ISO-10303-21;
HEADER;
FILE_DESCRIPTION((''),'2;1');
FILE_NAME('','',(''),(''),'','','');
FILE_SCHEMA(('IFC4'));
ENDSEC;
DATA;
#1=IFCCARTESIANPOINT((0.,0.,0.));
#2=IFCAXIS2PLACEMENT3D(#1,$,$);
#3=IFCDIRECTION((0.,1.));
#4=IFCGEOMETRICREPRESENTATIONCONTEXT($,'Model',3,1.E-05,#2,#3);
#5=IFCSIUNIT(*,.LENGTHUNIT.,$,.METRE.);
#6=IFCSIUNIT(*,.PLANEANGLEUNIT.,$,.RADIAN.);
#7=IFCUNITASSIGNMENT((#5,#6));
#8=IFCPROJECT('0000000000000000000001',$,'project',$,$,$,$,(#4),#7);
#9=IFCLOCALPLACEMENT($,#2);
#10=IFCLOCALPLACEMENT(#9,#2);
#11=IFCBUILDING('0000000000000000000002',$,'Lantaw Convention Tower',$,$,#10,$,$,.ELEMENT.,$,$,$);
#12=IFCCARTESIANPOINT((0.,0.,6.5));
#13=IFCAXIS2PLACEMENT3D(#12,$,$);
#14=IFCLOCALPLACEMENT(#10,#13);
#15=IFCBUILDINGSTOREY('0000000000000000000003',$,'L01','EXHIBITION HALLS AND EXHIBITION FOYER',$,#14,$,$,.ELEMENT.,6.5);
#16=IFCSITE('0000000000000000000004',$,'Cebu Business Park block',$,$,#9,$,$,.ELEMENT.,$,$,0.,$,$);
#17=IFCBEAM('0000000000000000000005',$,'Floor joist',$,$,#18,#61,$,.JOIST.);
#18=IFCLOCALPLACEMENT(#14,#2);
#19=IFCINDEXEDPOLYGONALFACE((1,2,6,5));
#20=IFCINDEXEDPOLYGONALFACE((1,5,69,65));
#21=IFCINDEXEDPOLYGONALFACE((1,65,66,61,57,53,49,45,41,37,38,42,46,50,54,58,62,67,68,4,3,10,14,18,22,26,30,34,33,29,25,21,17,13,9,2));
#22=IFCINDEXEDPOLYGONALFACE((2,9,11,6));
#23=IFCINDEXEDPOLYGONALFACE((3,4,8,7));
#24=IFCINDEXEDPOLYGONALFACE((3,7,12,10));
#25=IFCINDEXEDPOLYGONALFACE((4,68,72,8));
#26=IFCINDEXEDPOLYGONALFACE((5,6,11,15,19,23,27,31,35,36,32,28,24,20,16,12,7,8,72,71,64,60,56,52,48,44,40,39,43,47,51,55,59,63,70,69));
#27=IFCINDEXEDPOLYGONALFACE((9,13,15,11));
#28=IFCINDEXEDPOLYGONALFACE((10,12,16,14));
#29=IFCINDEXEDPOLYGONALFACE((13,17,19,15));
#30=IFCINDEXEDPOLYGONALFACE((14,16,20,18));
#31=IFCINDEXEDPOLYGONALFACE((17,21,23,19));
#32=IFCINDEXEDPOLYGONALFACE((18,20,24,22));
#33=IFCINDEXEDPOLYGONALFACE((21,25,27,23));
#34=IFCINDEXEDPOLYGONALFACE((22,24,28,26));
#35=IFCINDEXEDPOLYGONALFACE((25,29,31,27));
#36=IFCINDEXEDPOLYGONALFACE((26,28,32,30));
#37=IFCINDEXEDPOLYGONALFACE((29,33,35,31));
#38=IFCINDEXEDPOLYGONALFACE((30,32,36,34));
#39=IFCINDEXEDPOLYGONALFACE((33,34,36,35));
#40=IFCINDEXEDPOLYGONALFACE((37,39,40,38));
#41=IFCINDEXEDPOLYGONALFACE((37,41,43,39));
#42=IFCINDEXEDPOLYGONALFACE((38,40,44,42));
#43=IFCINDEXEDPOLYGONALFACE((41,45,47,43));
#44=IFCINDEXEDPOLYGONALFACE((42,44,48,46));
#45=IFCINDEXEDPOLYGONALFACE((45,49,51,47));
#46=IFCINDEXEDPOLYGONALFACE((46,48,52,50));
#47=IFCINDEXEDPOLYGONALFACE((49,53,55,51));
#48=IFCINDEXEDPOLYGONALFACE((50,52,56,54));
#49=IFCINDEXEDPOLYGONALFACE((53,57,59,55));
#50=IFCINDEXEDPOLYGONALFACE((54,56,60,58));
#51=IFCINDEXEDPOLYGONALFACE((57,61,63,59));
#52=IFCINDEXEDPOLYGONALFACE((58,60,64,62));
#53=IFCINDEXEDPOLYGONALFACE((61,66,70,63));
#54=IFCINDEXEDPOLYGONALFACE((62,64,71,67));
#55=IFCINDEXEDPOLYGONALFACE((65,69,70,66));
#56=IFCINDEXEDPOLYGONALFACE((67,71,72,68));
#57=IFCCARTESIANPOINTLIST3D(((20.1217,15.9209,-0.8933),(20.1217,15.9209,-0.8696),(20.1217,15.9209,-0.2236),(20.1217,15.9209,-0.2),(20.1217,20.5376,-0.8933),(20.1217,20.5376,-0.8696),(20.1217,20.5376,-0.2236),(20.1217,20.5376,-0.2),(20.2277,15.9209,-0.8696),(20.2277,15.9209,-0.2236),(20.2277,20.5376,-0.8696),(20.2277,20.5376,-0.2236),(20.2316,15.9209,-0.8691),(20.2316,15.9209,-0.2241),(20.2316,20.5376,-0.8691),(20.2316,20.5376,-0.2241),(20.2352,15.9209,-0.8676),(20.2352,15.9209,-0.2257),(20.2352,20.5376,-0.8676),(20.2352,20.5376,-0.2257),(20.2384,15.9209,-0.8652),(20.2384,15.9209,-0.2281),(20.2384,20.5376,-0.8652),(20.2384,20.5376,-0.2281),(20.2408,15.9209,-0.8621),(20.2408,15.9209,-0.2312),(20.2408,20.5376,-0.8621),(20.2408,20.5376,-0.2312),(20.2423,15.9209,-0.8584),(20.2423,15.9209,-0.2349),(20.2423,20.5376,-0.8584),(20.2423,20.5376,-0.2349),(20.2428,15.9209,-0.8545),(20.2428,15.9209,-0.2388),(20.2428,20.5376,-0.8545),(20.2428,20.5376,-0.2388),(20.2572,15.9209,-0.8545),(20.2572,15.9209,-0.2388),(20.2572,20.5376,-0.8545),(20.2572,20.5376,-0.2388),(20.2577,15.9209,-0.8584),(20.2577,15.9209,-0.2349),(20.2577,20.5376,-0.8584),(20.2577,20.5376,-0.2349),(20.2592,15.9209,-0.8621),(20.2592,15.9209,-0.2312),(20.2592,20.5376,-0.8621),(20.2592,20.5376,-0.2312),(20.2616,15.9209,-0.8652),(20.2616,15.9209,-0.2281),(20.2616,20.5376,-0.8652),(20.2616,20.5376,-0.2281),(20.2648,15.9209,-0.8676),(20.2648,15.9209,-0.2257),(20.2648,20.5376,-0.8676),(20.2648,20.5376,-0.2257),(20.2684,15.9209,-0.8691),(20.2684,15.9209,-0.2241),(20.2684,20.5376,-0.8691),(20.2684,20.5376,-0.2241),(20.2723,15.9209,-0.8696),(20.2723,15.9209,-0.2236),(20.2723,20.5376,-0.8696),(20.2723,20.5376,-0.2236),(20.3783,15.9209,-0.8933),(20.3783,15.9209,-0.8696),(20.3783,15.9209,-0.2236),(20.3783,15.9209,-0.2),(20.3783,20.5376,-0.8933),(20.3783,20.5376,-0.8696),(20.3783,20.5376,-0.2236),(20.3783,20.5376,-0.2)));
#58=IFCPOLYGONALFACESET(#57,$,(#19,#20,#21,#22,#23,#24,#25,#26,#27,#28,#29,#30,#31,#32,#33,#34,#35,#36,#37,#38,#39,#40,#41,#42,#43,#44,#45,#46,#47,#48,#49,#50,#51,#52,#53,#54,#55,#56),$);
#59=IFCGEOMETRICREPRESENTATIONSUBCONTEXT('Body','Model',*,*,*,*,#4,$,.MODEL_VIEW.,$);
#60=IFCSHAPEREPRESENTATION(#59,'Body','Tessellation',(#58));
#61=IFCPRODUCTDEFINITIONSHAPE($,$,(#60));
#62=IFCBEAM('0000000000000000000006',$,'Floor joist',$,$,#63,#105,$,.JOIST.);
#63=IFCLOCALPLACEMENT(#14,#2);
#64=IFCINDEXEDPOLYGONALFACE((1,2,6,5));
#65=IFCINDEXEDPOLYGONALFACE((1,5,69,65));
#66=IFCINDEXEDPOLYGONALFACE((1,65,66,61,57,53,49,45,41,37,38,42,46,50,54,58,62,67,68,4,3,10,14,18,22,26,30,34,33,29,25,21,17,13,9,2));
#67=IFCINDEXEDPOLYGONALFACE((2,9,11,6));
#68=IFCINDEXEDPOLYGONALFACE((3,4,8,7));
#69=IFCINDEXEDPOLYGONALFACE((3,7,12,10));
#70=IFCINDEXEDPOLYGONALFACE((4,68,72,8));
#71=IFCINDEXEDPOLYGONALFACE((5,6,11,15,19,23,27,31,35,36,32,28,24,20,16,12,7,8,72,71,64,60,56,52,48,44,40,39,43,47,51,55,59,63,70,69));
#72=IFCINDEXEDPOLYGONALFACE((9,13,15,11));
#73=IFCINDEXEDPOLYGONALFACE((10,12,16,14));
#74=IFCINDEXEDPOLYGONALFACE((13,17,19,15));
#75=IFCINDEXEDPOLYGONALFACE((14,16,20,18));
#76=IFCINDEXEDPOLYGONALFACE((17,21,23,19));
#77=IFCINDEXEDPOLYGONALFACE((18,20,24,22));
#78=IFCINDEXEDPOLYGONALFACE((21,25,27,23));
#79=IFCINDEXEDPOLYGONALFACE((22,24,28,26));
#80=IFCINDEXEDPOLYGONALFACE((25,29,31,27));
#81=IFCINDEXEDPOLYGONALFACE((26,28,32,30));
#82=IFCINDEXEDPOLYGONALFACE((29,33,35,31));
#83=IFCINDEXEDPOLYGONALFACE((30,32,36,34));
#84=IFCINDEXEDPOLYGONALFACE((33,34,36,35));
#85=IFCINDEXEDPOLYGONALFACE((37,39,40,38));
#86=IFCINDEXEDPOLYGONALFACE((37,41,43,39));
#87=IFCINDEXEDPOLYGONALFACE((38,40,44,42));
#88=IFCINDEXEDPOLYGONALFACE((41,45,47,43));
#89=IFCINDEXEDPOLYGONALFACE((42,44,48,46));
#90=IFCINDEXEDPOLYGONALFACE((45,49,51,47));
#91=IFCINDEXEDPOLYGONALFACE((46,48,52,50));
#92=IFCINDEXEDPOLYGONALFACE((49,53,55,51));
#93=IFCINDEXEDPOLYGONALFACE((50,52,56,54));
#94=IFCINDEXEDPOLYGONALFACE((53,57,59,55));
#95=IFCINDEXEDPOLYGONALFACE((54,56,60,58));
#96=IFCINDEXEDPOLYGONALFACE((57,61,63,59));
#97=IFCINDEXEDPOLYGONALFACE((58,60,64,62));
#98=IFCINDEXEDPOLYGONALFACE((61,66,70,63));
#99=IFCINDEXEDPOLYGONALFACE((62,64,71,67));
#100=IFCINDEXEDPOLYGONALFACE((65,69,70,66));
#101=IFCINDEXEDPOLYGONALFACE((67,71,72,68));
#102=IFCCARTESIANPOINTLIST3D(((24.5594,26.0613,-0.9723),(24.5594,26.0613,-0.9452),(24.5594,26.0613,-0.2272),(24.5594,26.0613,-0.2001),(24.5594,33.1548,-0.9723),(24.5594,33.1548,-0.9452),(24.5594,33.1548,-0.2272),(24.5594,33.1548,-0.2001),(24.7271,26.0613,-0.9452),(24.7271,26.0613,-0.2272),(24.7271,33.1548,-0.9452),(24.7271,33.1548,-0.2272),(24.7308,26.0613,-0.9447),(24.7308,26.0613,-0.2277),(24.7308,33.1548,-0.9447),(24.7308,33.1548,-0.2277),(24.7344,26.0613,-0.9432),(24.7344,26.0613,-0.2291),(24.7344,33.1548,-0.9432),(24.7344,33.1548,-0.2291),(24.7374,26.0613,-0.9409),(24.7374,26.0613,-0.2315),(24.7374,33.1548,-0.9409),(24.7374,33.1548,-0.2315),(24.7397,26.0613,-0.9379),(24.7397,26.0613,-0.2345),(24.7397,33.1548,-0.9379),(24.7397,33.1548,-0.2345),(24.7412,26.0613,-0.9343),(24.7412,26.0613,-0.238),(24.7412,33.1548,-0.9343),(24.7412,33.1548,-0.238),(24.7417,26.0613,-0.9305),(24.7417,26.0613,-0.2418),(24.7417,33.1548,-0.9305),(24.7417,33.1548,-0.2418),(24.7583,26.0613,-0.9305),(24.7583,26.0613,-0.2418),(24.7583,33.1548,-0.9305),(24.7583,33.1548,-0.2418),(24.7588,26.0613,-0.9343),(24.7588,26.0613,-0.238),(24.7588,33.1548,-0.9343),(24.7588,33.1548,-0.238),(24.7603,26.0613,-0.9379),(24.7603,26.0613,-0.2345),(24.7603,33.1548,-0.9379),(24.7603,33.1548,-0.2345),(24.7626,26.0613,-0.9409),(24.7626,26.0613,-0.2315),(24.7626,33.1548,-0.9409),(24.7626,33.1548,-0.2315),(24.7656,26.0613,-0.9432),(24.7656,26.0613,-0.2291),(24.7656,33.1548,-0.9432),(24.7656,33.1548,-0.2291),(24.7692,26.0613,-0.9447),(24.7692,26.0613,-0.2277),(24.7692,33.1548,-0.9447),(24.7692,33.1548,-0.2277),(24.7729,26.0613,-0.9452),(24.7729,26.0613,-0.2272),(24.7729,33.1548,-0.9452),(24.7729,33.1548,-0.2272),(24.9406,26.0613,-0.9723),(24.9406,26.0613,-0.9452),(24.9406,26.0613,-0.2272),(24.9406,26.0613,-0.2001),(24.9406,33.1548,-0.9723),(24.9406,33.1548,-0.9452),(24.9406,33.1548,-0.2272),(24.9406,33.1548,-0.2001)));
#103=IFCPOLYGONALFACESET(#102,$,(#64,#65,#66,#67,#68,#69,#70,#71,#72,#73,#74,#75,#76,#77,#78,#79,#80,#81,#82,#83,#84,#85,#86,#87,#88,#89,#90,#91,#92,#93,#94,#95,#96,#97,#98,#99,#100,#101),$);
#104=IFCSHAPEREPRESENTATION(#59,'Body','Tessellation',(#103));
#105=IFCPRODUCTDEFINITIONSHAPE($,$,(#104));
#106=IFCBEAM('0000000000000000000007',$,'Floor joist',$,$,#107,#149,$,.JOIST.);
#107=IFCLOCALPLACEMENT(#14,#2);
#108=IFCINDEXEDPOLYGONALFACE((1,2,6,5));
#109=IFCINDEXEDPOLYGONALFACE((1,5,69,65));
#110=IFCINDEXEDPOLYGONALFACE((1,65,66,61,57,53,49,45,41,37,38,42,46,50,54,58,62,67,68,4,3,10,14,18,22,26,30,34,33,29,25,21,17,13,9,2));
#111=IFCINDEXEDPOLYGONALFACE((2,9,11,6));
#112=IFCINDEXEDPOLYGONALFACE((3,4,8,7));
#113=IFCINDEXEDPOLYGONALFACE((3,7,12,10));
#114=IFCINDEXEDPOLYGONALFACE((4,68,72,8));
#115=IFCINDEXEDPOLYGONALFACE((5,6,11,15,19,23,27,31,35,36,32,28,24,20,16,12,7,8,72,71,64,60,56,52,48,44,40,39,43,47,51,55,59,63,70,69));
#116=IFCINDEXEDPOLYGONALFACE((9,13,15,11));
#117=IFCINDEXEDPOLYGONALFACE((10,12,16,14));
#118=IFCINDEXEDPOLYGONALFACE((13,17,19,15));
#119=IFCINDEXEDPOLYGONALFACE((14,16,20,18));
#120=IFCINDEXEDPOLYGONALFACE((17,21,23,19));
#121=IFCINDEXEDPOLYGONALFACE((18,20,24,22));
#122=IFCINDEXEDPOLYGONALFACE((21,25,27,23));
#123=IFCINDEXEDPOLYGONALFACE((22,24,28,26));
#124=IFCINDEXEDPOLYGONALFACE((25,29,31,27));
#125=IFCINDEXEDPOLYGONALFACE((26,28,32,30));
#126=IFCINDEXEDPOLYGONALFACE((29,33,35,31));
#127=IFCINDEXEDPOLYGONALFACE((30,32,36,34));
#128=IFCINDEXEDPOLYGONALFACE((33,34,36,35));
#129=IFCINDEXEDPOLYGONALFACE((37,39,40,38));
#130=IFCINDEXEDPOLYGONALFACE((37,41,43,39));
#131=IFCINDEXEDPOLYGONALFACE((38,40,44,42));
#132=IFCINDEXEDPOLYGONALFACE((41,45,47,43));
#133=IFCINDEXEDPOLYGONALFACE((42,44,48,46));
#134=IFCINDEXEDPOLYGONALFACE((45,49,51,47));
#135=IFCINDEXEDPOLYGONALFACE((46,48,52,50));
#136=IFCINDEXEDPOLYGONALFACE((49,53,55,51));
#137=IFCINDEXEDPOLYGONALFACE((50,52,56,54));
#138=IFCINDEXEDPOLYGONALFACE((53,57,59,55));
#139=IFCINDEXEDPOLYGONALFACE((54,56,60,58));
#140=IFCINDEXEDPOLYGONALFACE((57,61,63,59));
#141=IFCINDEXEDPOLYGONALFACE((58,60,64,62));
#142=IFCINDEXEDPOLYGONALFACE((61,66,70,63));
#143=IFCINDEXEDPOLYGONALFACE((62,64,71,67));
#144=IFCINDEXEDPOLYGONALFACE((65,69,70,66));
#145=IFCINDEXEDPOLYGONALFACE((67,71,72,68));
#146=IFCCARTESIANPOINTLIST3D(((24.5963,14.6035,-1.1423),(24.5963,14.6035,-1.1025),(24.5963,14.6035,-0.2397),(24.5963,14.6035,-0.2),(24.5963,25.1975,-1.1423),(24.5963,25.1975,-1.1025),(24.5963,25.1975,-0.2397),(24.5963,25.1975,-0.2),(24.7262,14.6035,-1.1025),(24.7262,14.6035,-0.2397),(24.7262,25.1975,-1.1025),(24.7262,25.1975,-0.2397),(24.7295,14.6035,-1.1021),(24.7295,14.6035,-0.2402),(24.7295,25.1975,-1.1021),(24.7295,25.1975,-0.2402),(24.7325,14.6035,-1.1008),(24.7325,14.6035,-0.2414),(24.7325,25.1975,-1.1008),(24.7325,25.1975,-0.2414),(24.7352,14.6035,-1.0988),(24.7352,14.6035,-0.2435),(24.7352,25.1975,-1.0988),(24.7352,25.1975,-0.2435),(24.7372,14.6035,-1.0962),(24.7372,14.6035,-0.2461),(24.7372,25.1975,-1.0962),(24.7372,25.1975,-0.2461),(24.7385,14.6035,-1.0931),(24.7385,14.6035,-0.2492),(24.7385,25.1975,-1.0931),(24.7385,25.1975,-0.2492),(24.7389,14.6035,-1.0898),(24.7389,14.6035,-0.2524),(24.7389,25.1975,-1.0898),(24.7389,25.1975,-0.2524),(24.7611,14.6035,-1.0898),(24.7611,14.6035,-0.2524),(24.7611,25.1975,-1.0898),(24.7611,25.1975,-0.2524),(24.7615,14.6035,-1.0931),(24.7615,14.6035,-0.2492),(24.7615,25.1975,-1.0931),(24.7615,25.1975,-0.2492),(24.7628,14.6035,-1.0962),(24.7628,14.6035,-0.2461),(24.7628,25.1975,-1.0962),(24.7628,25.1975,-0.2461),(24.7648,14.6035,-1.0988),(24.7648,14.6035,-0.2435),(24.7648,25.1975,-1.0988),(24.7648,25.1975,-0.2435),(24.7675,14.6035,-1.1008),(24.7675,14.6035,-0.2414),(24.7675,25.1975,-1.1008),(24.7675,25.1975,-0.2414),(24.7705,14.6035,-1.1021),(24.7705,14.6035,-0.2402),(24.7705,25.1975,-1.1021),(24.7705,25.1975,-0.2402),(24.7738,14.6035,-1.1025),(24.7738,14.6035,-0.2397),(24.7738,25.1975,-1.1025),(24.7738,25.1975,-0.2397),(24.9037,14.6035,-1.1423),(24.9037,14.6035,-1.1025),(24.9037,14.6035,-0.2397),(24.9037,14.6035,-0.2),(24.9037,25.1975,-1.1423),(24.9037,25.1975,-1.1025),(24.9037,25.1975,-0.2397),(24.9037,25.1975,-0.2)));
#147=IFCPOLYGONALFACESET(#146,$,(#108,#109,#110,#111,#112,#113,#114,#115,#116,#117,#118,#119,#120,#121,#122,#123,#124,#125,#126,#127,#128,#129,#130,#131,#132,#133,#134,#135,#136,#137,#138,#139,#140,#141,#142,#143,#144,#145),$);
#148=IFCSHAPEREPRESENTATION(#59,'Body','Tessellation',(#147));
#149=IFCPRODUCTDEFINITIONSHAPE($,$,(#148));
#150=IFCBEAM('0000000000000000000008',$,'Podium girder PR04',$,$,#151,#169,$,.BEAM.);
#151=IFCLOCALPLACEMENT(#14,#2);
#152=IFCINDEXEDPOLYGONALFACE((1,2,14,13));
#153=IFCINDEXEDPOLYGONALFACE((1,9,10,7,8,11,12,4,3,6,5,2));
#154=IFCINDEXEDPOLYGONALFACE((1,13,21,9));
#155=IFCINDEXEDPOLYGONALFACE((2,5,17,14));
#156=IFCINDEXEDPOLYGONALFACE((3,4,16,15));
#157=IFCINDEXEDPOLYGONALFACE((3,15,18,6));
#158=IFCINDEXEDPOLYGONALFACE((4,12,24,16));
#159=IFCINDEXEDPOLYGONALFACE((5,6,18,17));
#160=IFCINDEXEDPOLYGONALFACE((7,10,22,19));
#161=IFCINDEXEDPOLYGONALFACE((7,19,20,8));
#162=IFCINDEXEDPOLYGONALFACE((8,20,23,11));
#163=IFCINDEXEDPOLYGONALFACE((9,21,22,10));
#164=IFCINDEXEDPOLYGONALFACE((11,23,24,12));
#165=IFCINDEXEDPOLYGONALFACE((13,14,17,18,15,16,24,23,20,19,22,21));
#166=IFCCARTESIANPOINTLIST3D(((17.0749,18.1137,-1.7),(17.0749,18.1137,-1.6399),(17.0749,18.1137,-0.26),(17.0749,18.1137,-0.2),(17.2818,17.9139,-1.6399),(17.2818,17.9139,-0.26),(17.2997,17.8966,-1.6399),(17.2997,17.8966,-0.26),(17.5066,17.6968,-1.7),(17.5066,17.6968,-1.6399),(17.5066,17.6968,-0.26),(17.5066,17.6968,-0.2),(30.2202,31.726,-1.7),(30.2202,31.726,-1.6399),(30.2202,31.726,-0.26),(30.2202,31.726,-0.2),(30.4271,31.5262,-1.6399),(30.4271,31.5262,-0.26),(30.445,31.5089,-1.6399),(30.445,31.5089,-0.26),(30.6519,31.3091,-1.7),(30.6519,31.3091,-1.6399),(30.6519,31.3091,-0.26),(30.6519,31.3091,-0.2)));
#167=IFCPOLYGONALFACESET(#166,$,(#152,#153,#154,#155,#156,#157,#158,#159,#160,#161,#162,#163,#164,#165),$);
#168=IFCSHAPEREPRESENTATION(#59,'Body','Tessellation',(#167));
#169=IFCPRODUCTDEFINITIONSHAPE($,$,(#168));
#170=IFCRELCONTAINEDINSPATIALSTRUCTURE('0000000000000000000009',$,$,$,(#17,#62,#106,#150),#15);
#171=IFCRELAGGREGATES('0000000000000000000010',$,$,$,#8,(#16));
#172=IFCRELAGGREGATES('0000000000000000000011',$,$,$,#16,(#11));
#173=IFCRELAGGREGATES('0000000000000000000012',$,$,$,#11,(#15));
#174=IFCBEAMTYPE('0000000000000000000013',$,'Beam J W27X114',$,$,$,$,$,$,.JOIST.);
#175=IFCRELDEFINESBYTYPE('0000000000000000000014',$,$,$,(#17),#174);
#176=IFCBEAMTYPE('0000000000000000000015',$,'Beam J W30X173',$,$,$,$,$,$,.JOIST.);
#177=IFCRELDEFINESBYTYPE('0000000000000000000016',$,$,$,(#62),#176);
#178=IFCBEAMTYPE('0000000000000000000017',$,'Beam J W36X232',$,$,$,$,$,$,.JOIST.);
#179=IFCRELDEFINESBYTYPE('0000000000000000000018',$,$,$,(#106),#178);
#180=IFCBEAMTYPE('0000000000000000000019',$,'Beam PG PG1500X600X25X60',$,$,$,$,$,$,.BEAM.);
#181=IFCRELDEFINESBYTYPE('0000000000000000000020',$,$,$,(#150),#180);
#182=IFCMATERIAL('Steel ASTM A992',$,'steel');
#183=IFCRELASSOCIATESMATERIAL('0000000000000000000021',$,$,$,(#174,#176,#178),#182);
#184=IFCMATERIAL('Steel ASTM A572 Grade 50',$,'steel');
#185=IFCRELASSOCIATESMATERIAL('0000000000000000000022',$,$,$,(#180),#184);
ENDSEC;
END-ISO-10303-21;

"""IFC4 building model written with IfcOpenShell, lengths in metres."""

from ifc_helpers import new_model, si_unit, direction, frame, origin, origin_2d, place, context, subcontext, project, spatial, i_section, extrude, material, material_profile, profile_set, type_object, element, save


model = new_model("IFC4")

# Units and contexts
model_context = context("Model", 3, precision=1e-05, world=origin(), true_north=direction((0.0, 1.0)))
body_context = subcontext(model_context, "Body", "Model", "MODEL_VIEW")
ifc_project = project(units=[si_unit("LENGTHUNIT", "METRE"), si_unit("PLANEANGLEUNIT", "RADIAN")], contexts=[model_context])

# Site, building, storey
site_placement = place(None, origin())
site = spatial("IfcSite", under=ifc_project, at=site_placement, Name="Cebu Business Park block", CompositionType="ELEMENT", RefElevation=0.0)
building_placement = place(site_placement, origin())
building = spatial("IfcBuilding", under=site, at=building_placement, Name="Lantaw Convention Tower", CompositionType="ELEMENT")
storey_placement = place(building_placement, frame((0.0, 0.0, 6.5)))
storey = spatial("IfcBuildingStorey", under=building, at=storey_placement, Name="L01", Description="EXHIBITION HALLS AND EXHIBITION FOYER", CompositionType="ELEMENT", Elevation=6.5)

# Shared definitions
ifc_material_1 = material(Name="Steel ASTM A572 Grade 50", Category="steel")

# Beams
ifc_material_2 = material(Name="Steel ASTM A992", Category="steel")
ifc_material_profile_1 = material_profile(ifc_material_2, i_section(OverallWidth=0.2566, OverallDepth=0.6934, WebThickness=0.0144, FlangeThickness=0.0237, FilletRadius=0.0151, at=origin_2d()), Name="W27X114")
ifc_profile_set_1 = profile_set([ifc_material_profile_1], Name="Steel ASTM A992")
beam_type_1 = type_object("IfcBeamType", Name="Beam J W27X114", PredefinedType="JOIST", material=ifc_profile_set_1)
beam_1_placement = place(storey_placement, frame((20.25, 15.9209, -0.5466), z_axis=(0.0, 1.0, 0.0), x_axis=(-1.0, 0.0, 0.0)))
element("IfcBeam", 1, at=beam_1_placement, inside=storey, type_object=beam_type_1, Name="Floor joist", PredefinedType="JOIST", context=body_context, shape_type="SweptSolid", body=[
    extrude(i_section(OverallWidth=0.2566, OverallDepth=0.6934, WebThickness=0.0144, FlangeThickness=0.0237, FilletRadius=0.0151, at=origin_2d()), origin(), (0.0, 0.0, 1.0), 4.6167),
])
ifc_material_profile_2 = material_profile(ifc_material_2, i_section(OverallWidth=0.3811, OverallDepth=0.7722, WebThickness=0.0166, FlangeThickness=0.0271, FilletRadius=0.0146, at=origin_2d()), Name="W30X173")
ifc_profile_set_2 = profile_set([ifc_material_profile_2], Name="Steel ASTM A992")
beam_type_2 = type_object("IfcBeamType", Name="Beam J W30X173", PredefinedType="JOIST", material=ifc_profile_set_2)
beam_2_placement = place(storey_placement, frame((24.75, 26.0613, -0.5862), z_axis=(0.0, 1.0, 0.0), x_axis=(-1.0, 0.0, 0.0)))
element("IfcBeam", 2, at=beam_2_placement, inside=storey, type_object=beam_type_2, Name="Floor joist", PredefinedType="JOIST", context=body_context, shape_type="SweptSolid", body=[
    extrude(i_section(OverallWidth=0.3811, OverallDepth=0.7722, WebThickness=0.0166, FlangeThickness=0.0271, FilletRadius=0.0146, at=origin_2d()), origin(), (0.0, 0.0, 1.0), 7.0935),
])
ifc_material_profile_3 = material_profile(ifc_material_2, i_section(OverallWidth=0.3074, OverallDepth=0.9424, WebThickness=0.0222, FlangeThickness=0.0398, FilletRadius=0.0127, at=origin_2d()), Name="W36X232")
ifc_profile_set_3 = profile_set([ifc_material_profile_3], Name="Steel ASTM A992")
beam_type_3 = type_object("IfcBeamType", Name="Beam J W36X232", PredefinedType="JOIST", material=ifc_profile_set_3)
beam_3_placement = place(storey_placement, frame((24.75, 14.6035, -0.6711), z_axis=(0.0, 1.0, 0.0), x_axis=(-1.0, 0.0, 0.0)))
element("IfcBeam", 3, at=beam_3_placement, inside=storey, type_object=beam_type_3, Name="Floor joist", PredefinedType="JOIST", context=body_context, shape_type="SweptSolid", body=[
    extrude(i_section(OverallWidth=0.3074, OverallDepth=0.9424, WebThickness=0.0222, FlangeThickness=0.0398, FilletRadius=0.0127, at=origin_2d()), origin(), (0.0, 0.0, 1.0), 10.594),
])
ifc_material_profile_4 = material_profile(ifc_material_1, i_section(OverallWidth=0.6001, OverallDepth=1.5, WebThickness=0.0249, FlangeThickness=0.0601, at=origin_2d()), Name="PG1500X600X25X60")
ifc_profile_set_4 = profile_set([ifc_material_profile_4], Name="Steel ASTM A572 Grade 50")
beam_type_4 = type_object("IfcBeamType", Name="Beam PG PG1500X600X25X60", PredefinedType="BEAM", material=ifc_profile_set_4)
beam_4_placement = place(storey_placement, frame((17.2908, 17.9053, -0.95), z_axis=(0.694659, 0.719339, 0.0), x_axis=(-0.719339, 0.694659, 0.0)))
element("IfcBeam", 4, at=beam_4_placement, inside=storey, type_object=beam_type_4, Name="Podium girder PR04", PredefinedType="BEAM", context=body_context, shape_type="SweptSolid", body=[
    extrude(i_section(OverallWidth=0.6001, OverallDepth=1.5, WebThickness=0.0249, FlangeThickness=0.0601, at=origin_2d()), origin(), (0.0, 0.0, 1.0), 18.9233),
])

save(model, "model.ifc")
